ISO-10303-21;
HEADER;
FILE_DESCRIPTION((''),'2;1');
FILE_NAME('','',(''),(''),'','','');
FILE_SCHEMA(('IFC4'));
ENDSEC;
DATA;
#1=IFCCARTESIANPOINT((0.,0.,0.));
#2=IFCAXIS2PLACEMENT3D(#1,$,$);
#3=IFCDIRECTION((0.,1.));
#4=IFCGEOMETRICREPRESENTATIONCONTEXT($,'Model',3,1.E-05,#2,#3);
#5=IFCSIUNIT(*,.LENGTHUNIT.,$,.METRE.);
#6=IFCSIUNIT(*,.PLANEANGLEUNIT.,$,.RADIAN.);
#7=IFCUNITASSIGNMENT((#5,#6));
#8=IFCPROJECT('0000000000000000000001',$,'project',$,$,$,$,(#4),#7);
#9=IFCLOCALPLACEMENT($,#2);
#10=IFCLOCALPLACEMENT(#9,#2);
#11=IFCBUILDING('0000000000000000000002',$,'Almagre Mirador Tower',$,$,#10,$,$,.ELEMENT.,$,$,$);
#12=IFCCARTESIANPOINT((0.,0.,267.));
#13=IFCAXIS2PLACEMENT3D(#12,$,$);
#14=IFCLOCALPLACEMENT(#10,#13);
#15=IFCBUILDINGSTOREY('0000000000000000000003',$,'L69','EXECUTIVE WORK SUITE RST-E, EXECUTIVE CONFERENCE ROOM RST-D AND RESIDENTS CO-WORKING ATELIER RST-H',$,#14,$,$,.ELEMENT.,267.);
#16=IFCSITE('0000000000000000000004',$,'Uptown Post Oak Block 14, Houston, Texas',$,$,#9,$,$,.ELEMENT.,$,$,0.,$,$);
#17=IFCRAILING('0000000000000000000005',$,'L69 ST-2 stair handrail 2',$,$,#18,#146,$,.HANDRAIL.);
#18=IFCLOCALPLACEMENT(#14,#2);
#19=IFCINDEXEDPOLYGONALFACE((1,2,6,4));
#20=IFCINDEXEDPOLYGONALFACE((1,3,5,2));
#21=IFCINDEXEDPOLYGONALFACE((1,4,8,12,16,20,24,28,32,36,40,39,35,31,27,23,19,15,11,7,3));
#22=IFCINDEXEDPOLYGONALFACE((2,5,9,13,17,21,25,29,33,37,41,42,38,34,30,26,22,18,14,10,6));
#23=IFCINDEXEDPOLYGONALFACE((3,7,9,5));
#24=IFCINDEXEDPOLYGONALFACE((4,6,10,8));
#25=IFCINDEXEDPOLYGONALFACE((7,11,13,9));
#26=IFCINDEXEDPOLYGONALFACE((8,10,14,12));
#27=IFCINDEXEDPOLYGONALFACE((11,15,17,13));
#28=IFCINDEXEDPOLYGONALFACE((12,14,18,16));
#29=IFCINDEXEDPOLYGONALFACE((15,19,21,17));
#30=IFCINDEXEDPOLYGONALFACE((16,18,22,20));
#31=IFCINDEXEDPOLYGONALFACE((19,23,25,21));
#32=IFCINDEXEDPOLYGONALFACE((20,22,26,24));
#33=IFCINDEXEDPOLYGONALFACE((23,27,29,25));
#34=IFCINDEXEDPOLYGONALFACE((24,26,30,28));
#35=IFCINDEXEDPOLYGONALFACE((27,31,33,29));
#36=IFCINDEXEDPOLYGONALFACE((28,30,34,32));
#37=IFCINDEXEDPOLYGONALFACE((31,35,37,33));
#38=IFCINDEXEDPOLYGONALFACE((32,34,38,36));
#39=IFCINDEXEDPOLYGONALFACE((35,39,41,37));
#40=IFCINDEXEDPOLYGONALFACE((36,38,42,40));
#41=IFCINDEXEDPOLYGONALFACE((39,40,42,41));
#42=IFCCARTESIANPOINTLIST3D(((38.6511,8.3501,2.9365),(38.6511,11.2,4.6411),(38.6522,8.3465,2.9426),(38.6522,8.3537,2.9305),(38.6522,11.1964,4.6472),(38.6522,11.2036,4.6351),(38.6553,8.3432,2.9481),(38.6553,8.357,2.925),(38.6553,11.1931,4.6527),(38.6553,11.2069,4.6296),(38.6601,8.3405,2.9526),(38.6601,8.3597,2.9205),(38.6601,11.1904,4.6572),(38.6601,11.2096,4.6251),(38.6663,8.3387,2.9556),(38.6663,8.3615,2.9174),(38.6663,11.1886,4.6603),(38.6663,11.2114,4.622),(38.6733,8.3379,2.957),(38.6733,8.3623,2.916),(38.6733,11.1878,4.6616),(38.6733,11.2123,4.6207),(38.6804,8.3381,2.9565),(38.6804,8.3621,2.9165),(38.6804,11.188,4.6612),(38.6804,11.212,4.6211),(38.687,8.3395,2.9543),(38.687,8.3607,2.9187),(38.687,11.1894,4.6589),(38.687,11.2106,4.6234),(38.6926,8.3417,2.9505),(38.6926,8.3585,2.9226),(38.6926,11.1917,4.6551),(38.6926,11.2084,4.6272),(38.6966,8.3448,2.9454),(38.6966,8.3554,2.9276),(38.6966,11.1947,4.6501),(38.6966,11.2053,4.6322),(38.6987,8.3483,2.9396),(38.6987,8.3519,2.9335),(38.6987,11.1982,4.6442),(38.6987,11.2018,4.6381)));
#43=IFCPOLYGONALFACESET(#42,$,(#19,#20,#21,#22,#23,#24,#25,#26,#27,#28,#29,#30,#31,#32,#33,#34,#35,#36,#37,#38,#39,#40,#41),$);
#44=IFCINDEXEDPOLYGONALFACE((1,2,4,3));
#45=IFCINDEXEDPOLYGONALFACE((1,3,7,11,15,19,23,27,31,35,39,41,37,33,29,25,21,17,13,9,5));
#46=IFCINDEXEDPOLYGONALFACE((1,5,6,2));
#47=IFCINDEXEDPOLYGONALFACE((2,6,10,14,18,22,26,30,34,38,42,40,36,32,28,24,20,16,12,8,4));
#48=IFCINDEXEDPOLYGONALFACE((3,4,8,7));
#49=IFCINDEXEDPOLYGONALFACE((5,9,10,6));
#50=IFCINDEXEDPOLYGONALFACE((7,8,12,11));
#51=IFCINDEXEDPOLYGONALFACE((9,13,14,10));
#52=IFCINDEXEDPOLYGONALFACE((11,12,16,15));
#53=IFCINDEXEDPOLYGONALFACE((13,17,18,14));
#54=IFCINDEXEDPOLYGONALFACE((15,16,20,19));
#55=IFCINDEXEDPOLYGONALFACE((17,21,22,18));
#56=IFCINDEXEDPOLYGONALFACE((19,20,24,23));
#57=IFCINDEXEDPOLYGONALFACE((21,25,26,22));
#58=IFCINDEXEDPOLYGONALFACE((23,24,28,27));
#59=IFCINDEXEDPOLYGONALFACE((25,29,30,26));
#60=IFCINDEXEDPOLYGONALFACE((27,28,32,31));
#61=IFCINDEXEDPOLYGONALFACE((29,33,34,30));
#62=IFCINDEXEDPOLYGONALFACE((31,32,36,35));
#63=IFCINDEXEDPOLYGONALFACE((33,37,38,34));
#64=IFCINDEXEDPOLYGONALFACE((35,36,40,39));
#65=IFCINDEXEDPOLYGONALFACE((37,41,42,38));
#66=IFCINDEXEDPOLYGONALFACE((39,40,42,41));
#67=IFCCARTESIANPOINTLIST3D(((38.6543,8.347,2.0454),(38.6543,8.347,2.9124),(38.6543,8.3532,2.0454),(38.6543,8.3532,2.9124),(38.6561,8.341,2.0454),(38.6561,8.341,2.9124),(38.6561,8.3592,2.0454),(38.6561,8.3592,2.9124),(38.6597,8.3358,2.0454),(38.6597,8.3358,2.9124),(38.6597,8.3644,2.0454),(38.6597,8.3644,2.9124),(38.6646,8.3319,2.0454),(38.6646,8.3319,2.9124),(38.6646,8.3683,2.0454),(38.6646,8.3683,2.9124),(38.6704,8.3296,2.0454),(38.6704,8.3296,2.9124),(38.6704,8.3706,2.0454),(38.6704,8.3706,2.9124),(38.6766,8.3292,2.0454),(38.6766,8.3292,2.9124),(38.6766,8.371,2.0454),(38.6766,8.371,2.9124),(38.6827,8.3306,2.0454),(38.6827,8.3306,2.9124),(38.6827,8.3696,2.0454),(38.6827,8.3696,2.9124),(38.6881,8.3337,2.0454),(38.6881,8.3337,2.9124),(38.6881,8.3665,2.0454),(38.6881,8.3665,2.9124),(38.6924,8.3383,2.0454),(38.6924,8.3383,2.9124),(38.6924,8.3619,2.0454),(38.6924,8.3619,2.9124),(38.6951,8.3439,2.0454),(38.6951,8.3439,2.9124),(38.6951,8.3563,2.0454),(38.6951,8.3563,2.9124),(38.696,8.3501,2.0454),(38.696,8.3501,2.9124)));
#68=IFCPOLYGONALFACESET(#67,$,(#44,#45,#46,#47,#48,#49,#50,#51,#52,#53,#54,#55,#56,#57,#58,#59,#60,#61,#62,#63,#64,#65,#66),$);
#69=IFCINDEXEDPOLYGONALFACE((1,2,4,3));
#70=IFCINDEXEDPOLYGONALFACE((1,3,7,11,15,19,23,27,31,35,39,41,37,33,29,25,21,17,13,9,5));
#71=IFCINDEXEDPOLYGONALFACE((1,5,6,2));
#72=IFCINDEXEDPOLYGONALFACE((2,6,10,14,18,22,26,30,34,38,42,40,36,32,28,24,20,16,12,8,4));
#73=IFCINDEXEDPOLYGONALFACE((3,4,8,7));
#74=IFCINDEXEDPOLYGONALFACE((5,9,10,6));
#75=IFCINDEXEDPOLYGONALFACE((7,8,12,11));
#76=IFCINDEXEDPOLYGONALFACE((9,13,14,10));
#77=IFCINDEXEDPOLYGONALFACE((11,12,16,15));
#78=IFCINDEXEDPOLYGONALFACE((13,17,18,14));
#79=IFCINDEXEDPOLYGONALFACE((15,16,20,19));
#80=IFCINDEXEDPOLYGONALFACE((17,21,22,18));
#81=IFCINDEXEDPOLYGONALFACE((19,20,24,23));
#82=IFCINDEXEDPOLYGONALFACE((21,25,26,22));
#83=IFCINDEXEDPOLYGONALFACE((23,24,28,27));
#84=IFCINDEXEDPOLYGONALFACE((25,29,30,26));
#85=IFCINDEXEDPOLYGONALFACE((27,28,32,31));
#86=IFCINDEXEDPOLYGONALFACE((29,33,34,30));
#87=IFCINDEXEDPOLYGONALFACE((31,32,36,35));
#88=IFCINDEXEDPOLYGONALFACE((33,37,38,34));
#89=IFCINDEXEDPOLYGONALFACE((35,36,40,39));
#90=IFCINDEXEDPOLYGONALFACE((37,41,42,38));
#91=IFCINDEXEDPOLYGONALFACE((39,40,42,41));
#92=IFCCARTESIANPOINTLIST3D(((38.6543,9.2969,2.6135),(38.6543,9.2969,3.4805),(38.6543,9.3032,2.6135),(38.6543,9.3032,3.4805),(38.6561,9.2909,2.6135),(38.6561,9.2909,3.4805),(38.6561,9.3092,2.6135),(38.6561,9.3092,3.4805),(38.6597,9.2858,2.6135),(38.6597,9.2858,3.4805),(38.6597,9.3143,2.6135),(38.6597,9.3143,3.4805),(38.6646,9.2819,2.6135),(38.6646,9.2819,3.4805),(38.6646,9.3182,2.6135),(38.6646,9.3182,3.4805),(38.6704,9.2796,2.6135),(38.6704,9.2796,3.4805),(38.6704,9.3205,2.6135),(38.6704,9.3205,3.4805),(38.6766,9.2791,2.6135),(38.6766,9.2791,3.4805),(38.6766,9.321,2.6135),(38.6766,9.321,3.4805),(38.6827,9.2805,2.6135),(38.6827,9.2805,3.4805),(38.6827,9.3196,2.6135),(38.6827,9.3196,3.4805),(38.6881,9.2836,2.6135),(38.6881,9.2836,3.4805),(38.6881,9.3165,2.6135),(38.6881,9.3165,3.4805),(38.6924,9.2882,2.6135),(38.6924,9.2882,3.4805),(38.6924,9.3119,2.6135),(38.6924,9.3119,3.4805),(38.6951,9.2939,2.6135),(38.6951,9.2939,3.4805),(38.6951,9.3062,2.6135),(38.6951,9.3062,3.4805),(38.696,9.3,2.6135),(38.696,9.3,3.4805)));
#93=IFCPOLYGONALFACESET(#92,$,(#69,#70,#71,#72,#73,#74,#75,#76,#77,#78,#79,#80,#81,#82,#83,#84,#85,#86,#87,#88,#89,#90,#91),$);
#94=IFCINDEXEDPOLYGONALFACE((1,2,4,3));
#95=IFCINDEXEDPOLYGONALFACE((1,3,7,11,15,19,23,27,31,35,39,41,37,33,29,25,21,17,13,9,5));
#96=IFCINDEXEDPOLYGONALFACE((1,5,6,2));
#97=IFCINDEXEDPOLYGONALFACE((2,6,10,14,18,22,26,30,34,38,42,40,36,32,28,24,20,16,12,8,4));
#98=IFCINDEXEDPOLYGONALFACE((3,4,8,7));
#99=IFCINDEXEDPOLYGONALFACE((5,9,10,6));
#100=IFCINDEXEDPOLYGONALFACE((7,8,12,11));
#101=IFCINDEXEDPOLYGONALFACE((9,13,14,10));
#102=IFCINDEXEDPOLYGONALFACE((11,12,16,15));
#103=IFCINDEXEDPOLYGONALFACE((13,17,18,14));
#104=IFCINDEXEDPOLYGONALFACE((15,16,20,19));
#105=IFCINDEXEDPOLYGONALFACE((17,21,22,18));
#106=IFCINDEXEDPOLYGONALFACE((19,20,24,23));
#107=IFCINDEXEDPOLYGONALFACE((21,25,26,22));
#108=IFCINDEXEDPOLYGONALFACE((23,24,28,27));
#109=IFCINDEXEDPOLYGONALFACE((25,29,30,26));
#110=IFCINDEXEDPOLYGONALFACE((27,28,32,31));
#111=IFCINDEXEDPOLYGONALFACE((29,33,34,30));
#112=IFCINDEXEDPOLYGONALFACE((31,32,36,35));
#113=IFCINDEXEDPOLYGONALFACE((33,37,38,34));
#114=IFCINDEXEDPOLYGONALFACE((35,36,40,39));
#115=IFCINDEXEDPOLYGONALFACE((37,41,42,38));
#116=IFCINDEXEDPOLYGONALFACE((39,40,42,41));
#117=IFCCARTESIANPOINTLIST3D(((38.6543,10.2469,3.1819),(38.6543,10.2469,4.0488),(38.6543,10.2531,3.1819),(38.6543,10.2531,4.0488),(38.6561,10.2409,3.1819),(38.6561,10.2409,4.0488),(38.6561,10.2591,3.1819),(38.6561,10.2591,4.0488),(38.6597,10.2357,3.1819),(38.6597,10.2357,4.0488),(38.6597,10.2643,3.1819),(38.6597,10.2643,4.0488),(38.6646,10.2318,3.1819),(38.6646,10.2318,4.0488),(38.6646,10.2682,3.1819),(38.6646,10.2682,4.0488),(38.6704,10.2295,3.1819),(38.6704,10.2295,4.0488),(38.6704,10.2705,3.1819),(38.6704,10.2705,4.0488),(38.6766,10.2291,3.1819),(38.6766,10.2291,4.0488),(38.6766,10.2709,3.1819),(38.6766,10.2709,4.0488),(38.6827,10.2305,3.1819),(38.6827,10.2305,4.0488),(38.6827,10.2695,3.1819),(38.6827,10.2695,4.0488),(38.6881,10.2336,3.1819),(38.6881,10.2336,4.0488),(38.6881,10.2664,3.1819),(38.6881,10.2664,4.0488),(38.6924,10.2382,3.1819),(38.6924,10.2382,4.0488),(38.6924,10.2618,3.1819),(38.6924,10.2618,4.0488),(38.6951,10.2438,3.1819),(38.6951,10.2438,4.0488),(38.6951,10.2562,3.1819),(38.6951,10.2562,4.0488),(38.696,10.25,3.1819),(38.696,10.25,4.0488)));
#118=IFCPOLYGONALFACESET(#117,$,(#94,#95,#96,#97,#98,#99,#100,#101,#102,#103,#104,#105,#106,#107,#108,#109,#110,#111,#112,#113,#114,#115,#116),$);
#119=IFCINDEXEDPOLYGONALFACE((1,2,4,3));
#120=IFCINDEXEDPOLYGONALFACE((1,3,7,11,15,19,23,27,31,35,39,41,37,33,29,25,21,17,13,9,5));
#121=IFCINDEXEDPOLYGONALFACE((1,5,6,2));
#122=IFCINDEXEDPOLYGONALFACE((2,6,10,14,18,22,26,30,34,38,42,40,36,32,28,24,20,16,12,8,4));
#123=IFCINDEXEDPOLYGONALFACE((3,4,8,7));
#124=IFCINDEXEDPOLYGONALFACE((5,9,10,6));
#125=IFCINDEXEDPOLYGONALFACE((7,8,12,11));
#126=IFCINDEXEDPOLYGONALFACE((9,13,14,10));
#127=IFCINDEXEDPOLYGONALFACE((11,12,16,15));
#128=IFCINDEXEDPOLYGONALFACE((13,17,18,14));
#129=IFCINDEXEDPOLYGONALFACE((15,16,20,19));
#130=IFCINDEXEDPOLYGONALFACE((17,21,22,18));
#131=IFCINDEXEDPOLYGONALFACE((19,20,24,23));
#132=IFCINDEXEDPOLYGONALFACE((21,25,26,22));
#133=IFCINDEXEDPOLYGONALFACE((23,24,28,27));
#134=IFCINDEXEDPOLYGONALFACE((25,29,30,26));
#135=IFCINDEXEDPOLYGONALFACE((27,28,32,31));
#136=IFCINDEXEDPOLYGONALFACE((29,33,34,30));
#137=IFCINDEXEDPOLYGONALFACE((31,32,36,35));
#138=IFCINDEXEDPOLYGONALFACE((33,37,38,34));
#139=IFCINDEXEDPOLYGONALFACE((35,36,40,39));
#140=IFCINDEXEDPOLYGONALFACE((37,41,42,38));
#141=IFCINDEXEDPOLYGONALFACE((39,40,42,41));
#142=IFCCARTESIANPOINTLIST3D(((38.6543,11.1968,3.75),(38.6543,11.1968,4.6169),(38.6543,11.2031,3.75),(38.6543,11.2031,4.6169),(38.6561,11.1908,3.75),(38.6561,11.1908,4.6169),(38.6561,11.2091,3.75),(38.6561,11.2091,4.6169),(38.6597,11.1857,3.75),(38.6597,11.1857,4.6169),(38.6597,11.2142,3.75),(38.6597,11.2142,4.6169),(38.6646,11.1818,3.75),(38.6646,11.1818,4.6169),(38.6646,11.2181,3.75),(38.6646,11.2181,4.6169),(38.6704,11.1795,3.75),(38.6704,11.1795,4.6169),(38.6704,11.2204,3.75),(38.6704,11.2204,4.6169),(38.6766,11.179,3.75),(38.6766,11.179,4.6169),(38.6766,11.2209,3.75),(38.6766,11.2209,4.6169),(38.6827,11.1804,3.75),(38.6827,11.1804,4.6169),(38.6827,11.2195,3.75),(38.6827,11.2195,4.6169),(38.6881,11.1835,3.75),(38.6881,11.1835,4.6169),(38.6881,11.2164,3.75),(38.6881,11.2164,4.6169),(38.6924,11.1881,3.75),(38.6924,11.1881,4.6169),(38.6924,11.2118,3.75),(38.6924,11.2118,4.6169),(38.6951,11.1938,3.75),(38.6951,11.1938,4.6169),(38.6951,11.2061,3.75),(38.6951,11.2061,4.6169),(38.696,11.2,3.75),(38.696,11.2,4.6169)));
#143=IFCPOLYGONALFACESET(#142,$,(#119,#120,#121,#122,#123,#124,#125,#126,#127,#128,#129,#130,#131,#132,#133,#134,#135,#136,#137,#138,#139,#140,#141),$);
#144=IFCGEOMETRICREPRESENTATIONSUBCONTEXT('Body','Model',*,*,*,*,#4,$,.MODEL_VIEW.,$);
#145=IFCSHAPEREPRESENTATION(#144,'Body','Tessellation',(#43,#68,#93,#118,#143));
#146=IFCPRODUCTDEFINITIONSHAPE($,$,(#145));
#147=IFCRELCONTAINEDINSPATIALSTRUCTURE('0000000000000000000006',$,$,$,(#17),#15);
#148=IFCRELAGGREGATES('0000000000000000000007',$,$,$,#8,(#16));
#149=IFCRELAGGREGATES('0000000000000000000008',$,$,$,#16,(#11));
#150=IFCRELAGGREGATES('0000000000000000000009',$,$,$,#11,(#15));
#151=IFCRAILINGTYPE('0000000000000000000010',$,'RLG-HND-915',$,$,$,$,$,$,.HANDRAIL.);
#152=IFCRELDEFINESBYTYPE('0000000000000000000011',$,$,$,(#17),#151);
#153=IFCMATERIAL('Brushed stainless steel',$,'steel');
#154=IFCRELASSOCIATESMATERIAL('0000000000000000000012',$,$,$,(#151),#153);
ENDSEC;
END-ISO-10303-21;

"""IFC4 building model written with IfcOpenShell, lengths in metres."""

from ifc_helpers import new_model, si_unit, direction, frame, origin, origin_2d, place, context, subcontext, project, spatial, circle, extrude, material, type_object, element, save


model = new_model("IFC4")

# Units and contexts
model_context = context("Model", 3, precision=1e-05, world=origin(), true_north=direction((0.0, 1.0)))
body_context = subcontext(model_context, "Body", "Model", "MODEL_VIEW")
ifc_project = project(units=[si_unit("LENGTHUNIT", "METRE"), si_unit("PLANEANGLEUNIT", "RADIAN")], contexts=[model_context])

# Site, building, storey
site_placement = place(None, origin())
site = spatial("IfcSite", under=ifc_project, at=site_placement, Name="Uptown Post Oak Block 14, Houston, Texas", CompositionType="ELEMENT", RefElevation=0.0)
building_placement = place(site_placement, origin())
building = spatial("IfcBuilding", under=site, at=building_placement, Name="Almagre Mirador Tower", CompositionType="ELEMENT")
storey_placement = place(building_placement, frame((0.0, 0.0, 267.0)))
storey = spatial("IfcBuildingStorey", under=building, at=storey_placement, Name="L69", Description="EXECUTIVE WORK SUITE RST-E, EXECUTIVE CONFERENCE ROOM RST-D AND RESIDENTS CO-WORKING ATELIER RST-H", CompositionType="ELEMENT", Elevation=267.0)

# Railing
ifc_material_1 = material(Name="Brushed stainless steel", Category="steel")
railing_type_1 = type_object("IfcRailingType", Name="RLG-HND-915", PredefinedType="HANDRAIL", material=ifc_material_1)
railing_1_placement = place(storey_placement, frame((38.675, 8.3501, 2.0454)))
element("IfcRailing", 1, at=railing_1_placement, inside=storey, type_object=railing_type_1, Name="L69 ST-2 stair handrail 2", PredefinedType="HANDRAIL", context=body_context, shape_type="SweptSolid", body=[
    extrude(circle(Radius=0.0239, at=origin_2d()), frame((0.0, 0.0, 0.8911), z_axis=(0.0, 0.858199, 0.513317), x_axis=(-1.0, 0.0, 0.0)), (0.0, 0.0, 1.0), 3.3208),
    extrude(circle(Radius=0.021, at=origin_2d()), origin(), (0.0, 0.0, 1.0), 0.8669),
    extrude(circle(Radius=0.021, at=origin_2d()), frame((0.0, 0.95, 0.5681)), (0.0, 0.0, 1.0), 0.8669),
    extrude(circle(Radius=0.021, at=origin_2d()), frame((0.0, 1.8999, 1.1365)), (0.0, 0.0, 1.0), 0.8669),
    extrude(circle(Radius=0.021, at=origin_2d()), frame((0.0, 2.8499, 1.7046)), (0.0, 0.0, 1.0), 0.8669),
])

save(model, "model.ifc")
